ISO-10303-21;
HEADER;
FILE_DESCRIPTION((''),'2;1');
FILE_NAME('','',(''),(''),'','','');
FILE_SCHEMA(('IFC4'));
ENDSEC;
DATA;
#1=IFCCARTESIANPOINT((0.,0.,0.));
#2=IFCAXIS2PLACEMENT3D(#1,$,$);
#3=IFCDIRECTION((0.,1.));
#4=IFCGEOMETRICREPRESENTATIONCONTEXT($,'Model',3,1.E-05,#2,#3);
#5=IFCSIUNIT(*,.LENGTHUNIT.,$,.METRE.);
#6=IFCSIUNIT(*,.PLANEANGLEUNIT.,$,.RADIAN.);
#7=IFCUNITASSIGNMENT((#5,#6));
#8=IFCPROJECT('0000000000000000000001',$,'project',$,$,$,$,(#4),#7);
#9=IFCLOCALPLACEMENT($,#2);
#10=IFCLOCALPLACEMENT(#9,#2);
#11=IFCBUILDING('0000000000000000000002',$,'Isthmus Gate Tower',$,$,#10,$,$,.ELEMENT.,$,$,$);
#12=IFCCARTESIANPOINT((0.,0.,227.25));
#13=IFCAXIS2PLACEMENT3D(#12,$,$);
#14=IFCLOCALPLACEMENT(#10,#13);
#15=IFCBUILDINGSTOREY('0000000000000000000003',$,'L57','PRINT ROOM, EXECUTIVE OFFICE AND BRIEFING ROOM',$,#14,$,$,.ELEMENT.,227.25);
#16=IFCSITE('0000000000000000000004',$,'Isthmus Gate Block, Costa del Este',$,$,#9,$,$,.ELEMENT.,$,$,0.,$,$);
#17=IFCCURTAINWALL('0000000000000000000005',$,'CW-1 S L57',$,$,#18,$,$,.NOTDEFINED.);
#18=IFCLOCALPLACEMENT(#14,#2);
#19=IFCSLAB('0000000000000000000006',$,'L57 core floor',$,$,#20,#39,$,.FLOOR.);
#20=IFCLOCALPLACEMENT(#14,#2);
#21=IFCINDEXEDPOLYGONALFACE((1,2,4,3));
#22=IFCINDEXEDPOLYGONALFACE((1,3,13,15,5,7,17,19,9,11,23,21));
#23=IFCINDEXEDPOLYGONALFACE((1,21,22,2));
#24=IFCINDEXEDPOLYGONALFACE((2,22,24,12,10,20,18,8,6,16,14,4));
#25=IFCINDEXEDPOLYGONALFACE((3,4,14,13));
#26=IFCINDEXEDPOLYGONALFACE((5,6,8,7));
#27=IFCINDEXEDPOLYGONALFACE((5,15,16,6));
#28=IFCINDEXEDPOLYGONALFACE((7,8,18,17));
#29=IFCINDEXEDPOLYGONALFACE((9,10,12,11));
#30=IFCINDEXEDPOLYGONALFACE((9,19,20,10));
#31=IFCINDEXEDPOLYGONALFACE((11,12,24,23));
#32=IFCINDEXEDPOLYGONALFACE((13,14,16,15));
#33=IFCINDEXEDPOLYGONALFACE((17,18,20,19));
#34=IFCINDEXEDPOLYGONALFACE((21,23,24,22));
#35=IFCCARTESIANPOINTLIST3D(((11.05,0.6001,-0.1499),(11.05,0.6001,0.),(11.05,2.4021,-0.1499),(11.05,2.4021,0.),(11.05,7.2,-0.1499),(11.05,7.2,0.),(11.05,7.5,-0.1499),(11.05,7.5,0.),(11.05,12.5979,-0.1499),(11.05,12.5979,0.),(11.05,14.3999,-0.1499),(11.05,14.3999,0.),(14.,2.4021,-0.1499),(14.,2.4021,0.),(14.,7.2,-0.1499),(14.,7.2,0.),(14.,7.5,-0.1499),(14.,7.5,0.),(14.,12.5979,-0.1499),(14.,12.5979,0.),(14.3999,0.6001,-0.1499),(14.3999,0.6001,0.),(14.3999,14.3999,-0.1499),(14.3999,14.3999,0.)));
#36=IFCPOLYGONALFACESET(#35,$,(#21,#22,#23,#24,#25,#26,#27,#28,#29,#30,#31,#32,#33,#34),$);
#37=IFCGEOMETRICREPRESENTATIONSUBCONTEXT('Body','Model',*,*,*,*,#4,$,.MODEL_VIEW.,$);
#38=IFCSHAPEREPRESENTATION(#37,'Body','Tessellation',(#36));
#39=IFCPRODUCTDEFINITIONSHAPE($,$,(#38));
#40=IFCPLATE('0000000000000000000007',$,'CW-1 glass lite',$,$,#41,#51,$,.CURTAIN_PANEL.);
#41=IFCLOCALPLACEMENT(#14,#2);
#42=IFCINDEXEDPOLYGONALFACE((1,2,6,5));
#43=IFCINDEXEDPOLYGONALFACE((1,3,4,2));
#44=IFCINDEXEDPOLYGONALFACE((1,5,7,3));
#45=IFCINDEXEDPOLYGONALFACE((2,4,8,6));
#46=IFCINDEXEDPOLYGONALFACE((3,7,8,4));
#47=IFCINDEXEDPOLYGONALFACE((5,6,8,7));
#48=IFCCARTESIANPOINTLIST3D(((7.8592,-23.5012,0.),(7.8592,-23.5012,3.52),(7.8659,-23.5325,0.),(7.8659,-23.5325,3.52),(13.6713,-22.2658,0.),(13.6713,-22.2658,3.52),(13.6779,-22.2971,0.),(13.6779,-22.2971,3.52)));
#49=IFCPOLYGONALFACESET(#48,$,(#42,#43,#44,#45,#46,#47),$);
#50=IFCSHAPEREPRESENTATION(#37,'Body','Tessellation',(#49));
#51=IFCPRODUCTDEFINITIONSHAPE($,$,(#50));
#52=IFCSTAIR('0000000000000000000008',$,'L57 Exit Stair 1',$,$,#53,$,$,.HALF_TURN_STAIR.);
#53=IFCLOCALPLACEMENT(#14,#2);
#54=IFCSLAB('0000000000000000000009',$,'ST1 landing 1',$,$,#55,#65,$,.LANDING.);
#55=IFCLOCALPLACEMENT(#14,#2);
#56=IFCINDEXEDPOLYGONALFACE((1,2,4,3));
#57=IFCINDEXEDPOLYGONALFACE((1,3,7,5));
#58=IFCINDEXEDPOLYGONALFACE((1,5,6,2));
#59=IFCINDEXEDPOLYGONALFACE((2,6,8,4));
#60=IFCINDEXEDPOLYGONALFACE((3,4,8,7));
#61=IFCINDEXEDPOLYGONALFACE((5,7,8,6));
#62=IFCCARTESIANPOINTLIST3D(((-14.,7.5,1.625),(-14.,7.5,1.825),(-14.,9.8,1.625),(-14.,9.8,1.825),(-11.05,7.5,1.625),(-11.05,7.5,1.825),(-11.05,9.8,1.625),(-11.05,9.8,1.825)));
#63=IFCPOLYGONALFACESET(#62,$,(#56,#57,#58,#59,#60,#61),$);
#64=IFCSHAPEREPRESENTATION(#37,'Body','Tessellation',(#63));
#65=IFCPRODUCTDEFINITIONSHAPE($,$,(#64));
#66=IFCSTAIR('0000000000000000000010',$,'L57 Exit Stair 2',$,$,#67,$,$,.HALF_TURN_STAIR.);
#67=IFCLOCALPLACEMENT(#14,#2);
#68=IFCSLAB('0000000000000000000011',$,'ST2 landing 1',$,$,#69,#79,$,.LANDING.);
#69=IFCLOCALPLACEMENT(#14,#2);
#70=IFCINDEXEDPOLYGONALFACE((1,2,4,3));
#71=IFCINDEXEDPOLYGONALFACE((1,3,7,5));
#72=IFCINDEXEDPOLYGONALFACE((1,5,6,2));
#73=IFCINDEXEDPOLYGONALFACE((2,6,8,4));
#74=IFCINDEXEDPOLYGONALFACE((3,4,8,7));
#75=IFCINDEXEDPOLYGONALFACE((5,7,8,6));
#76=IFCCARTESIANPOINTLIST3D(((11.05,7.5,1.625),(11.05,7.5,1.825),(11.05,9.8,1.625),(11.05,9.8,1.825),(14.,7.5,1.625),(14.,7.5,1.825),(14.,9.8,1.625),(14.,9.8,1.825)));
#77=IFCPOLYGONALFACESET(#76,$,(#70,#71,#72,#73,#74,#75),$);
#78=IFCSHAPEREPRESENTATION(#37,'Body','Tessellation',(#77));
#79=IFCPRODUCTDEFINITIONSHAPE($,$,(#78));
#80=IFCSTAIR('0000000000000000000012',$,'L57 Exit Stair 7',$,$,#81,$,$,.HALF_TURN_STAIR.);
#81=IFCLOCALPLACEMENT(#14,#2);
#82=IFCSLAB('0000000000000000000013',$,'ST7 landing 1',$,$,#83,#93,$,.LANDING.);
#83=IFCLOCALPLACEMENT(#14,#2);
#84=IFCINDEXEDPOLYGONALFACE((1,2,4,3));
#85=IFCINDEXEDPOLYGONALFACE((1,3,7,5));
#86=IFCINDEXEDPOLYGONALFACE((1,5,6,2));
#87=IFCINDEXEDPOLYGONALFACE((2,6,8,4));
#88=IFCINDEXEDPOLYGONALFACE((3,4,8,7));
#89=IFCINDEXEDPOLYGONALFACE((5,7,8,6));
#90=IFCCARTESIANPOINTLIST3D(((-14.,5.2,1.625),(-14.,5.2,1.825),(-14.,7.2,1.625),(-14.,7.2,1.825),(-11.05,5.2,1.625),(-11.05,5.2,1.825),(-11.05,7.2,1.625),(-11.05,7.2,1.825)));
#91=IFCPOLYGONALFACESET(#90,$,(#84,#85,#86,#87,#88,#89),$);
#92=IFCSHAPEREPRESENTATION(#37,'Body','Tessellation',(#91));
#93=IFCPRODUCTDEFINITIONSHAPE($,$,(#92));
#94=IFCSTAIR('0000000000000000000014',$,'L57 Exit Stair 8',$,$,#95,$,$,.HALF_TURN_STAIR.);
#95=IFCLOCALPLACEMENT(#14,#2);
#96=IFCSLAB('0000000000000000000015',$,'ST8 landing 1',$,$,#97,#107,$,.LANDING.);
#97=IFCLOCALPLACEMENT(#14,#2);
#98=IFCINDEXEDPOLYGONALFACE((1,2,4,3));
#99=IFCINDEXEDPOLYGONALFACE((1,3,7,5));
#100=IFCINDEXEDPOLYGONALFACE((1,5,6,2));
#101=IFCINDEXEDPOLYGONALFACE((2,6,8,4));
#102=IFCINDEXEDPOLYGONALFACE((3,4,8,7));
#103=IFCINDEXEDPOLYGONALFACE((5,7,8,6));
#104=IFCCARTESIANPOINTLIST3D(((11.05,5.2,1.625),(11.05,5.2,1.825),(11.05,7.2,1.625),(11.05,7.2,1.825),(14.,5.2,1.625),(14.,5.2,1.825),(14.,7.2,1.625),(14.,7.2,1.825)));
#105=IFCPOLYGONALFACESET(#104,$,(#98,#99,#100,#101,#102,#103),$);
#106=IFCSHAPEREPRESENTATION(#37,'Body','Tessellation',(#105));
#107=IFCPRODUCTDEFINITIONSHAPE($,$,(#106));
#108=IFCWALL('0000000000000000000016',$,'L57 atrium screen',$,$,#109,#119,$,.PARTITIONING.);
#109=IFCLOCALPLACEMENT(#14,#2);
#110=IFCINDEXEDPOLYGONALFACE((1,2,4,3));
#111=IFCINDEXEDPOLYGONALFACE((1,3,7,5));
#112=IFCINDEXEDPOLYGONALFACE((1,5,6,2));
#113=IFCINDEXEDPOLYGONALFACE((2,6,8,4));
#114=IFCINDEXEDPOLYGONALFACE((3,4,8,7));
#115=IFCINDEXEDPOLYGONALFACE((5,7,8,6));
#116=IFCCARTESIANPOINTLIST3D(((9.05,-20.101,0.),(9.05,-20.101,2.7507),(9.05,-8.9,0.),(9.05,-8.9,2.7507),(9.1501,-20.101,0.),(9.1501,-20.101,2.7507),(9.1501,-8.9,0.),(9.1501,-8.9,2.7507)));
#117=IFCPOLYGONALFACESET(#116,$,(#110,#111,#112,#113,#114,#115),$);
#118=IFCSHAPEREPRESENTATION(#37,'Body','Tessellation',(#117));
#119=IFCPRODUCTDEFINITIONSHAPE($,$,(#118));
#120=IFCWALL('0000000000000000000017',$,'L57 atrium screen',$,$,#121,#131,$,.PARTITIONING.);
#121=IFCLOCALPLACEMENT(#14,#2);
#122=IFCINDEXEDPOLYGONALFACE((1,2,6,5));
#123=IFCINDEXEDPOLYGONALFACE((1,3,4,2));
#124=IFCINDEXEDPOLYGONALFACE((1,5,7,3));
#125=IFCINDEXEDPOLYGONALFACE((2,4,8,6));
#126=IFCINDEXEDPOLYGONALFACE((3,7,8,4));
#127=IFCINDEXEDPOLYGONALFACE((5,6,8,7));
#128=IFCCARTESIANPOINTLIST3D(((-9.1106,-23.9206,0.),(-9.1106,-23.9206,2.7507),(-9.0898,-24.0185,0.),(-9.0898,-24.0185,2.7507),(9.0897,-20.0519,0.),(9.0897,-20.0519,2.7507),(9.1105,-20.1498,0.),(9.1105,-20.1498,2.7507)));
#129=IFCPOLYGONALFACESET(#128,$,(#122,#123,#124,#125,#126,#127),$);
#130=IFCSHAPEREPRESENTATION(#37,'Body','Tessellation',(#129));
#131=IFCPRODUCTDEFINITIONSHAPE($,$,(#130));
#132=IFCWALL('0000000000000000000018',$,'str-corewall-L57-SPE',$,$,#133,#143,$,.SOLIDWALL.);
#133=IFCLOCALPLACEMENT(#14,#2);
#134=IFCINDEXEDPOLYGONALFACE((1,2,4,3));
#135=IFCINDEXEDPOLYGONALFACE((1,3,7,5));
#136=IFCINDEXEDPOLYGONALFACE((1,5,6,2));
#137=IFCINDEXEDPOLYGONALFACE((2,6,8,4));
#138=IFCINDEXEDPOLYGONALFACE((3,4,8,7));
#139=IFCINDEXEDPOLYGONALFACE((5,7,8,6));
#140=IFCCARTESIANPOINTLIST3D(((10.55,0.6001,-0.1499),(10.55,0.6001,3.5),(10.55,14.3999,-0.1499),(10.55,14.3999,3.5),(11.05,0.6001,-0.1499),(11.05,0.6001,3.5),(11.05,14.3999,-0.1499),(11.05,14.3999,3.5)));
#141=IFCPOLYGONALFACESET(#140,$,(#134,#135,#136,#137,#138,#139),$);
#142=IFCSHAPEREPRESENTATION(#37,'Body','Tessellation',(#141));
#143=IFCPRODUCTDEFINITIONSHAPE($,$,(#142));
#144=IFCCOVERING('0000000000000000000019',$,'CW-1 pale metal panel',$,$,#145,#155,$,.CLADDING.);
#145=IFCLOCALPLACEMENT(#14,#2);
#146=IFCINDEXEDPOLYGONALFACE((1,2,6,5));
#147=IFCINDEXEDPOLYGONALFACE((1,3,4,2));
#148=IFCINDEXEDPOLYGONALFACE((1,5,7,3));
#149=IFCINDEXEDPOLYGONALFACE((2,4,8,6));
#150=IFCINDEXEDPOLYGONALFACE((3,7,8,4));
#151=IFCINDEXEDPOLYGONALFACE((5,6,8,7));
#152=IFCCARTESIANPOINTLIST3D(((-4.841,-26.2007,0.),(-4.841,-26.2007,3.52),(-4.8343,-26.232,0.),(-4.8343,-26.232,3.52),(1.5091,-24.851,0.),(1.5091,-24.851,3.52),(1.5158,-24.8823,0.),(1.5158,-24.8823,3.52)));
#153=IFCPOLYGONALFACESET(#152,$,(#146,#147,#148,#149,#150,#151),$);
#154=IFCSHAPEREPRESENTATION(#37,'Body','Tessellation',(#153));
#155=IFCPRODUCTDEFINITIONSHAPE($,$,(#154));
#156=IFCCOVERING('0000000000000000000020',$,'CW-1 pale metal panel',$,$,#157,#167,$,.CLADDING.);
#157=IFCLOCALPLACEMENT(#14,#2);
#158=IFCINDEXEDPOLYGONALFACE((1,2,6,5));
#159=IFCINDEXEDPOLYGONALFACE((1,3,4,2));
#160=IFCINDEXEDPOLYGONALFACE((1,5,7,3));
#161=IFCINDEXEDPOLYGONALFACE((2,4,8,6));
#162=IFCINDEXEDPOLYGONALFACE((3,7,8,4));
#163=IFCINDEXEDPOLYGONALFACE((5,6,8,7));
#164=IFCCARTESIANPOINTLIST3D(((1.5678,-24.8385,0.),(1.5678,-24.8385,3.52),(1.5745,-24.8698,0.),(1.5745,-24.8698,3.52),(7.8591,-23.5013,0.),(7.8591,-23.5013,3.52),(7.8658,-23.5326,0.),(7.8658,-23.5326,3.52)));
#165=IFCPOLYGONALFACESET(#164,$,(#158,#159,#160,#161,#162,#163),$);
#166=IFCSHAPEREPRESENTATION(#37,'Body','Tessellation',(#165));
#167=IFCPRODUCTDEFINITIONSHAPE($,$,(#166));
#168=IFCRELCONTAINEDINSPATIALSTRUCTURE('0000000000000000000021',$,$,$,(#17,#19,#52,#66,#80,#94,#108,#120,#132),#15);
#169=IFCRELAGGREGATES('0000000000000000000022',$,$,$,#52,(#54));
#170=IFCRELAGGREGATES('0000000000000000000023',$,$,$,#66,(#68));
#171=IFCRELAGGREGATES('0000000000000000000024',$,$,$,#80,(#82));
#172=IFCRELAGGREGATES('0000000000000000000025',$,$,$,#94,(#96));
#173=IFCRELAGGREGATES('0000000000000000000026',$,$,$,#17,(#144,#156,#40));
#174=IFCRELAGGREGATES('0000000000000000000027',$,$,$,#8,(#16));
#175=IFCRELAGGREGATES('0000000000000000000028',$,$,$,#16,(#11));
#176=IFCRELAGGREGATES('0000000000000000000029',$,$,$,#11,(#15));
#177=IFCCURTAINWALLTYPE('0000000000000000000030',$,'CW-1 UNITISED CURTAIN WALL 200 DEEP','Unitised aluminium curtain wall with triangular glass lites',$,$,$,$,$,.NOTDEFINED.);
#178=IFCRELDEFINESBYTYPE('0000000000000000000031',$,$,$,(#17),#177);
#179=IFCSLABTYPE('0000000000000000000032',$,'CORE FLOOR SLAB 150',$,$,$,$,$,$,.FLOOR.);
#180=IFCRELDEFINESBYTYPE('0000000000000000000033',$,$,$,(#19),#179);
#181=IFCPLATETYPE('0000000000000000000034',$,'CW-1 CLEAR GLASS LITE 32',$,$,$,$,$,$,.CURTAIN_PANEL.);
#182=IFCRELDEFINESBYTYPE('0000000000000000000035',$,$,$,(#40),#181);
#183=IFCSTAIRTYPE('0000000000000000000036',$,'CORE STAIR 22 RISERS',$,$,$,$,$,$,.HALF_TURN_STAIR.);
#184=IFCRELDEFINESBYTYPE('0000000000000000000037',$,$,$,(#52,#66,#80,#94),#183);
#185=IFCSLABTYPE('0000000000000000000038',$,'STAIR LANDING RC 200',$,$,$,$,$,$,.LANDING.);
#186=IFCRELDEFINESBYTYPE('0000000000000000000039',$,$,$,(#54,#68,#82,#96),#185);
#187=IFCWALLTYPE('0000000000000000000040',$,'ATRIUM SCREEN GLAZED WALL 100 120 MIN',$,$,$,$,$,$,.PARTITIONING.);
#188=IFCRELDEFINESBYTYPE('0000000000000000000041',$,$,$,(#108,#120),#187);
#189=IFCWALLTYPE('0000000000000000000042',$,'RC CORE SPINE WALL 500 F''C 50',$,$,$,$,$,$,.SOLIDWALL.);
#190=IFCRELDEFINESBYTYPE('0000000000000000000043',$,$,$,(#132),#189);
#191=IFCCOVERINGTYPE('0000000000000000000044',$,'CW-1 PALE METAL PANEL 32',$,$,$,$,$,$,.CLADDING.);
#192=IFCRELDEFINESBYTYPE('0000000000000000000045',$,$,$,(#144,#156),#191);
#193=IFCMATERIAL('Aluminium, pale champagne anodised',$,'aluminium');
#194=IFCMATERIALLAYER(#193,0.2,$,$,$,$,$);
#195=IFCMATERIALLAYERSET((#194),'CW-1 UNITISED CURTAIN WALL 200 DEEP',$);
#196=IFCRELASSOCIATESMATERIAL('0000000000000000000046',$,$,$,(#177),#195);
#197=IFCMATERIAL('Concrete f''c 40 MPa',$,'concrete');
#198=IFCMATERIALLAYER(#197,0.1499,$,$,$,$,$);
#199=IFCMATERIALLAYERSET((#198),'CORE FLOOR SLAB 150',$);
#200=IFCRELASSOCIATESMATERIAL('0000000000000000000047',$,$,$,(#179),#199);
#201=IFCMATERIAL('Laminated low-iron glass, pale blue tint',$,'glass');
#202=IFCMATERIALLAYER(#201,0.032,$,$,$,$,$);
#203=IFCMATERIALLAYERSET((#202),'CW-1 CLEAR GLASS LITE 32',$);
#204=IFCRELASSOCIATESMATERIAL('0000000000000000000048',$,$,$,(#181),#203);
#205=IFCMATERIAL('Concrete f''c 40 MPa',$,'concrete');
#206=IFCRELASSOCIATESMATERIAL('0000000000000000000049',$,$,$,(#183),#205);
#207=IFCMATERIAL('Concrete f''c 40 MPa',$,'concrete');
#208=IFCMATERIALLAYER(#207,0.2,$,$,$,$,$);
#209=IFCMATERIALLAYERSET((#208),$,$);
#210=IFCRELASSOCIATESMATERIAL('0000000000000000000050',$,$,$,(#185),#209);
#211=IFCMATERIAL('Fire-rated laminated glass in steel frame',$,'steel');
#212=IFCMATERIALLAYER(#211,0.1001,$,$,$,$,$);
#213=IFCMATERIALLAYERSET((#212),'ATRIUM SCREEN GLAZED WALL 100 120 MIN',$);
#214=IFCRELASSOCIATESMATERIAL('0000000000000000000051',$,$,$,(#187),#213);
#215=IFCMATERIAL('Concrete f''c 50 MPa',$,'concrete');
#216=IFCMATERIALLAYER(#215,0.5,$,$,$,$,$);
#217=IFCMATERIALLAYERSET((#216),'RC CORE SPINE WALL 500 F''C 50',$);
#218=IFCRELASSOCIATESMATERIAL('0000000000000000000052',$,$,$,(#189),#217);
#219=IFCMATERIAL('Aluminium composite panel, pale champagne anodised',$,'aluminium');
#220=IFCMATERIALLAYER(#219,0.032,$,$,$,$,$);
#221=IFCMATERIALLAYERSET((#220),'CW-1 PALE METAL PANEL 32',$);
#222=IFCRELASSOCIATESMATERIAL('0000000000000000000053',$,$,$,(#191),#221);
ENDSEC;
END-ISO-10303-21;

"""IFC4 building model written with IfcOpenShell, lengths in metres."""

from ifc_helpers import new_model, si_unit, direction, frame, frame_2d, origin, origin_2d, place, context, subcontext, project, spatial, polyline, rectangle, outline, extrude, material, layer, layer_set, type_object, element, aggregate, save


model = new_model("IFC4")

# Units and contexts
model_context = context("Model", 3, precision=1e-05, world=origin(), true_north=direction((0.0, 1.0)))
body_context = subcontext(model_context, "Body", "Model", "MODEL_VIEW")
ifc_project = project(units=[si_unit("LENGTHUNIT", "METRE"), si_unit("PLANEANGLEUNIT", "RADIAN")], contexts=[model_context])

# Site, building, storey
site_placement = place(None, origin())
site = spatial("IfcSite", under=ifc_project, at=site_placement, Name="Isthmus Gate Block, Costa del Este", CompositionType="ELEMENT", RefElevation=0.0)
building_placement = place(site_placement, origin())
building = spatial("IfcBuilding", under=site, at=building_placement, Name="Isthmus Gate Tower", CompositionType="ELEMENT")
storey_placement = place(building_placement, frame((0.0, 0.0, 227.25)))
storey = spatial("IfcBuildingStorey", under=building, at=storey_placement, Name="L57", Description="PRINT ROOM, EXECUTIVE OFFICE AND BRIEFING ROOM", CompositionType="ELEMENT", Elevation=227.25)

# Curtain wall
ifc_material_1 = material(Name="Aluminium, pale champagne anodised", Category="aluminium")
ifc_layer_1 = layer(ifc_material_1, 0.2)
ifc_layer_set_1 = layer_set([ifc_layer_1], Name="CW-1 UNITISED CURTAIN WALL 200 DEEP")
curtain_wall_type = type_object("IfcCurtainWallType", Name="CW-1 UNITISED CURTAIN WALL 200 DEEP", Description="Unitised aluminium curtain wall with triangular glass lites", PredefinedType="NOTDEFINED", material=ifc_layer_set_1)
curtain_wall_placement = place(storey_placement, origin())
curtain_wall = element("IfcCurtainWall", 1, at=curtain_wall_placement, inside=storey, type_object=curtain_wall_type, Name="CW-1 S L57", PredefinedType="NOTDEFINED")

# Slab
ifc_material_2 = material(Name="Concrete f'c 40 MPa", Category="concrete")
ifc_layer_2 = layer(ifc_material_2, 0.1499)
ifc_layer_set_2 = layer_set([ifc_layer_2], Name="CORE FLOOR SLAB 150")
slab_type_1 = type_object("IfcSlabType", Name="CORE FLOOR SLAB 150", PredefinedType="FLOOR", material=ifc_layer_set_2)
slab_1_placement = place(storey_placement, frame((0.0, 0.0, -0.1499)))
element("IfcSlab", 2, at=slab_1_placement, inside=storey, type_object=slab_type_1, Name="L57 core floor", PredefinedType="FLOOR", context=body_context, shape_type="SweptSolid", body=[
    extrude(outline(polyline([(11.05, 14.3999), (11.05, 12.5979), (14.0, 12.5979), (14.0, 7.5), (11.05, 7.5), (11.05, 7.2), (14.0, 7.2), (14.0, 2.4021), (11.05, 2.4021), (11.05, 0.6001), (14.3999, 0.6001), (14.3999, 14.3999), (11.05, 14.3999)])), origin(), (0.0, 0.0, 1.0), 0.1499),
])

# Plate
ifc_material_3 = material(Name="Laminated low-iron glass, pale blue tint", Category="glass")
ifc_layer_3 = layer(ifc_material_3, 0.032)
ifc_layer_set_3 = layer_set([ifc_layer_3], Name="CW-1 CLEAR GLASS LITE 32")
plate_type = type_object("IfcPlateType", Name="CW-1 CLEAR GLASS LITE 32", PredefinedType="CURTAIN_PANEL", material=ifc_layer_set_3)
plate_placement = place(storey_placement, frame((10.7686, -22.8992, 0.0), z_axis=(0.0, 0.0, 1.0), x_axis=(0.978148, 0.207912, 0.0)))
plate = element("IfcPlate", 3, at=plate_placement, type_object=plate_type, Name="CW-1 glass lite", PredefinedType="CURTAIN_PANEL", context=body_context, shape_type="SweptSolid", body=[
    extrude(rectangle(XDim=5.9419, YDim=0.032, at=origin_2d()), origin(), (0.0, 0.0, 1.0), 3.52),
])

# Stairs, slabs
ifc_material_4 = material(Name="Concrete f'c 40 MPa", Category="concrete")
stair_type = type_object("IfcStairType", Name="CORE STAIR 22 RISERS", PredefinedType="HALF_TURN_STAIR", material=ifc_material_4)
stair_1_placement = place(storey_placement, origin())
stair_1 = element("IfcStair", 4, at=stair_1_placement, inside=storey, type_object=stair_type, Name="L57 Exit Stair 1", PredefinedType="HALF_TURN_STAIR")
ifc_material_5 = material(Name="Concrete f'c 40 MPa", Category="concrete")
ifc_layer_4 = layer(ifc_material_5, 0.2)
ifc_layer_set_4 = layer_set([ifc_layer_4])
slab_type_2 = type_object("IfcSlabType", Name="STAIR LANDING RC 200", PredefinedType="LANDING", material=ifc_layer_set_4)
slab_2_placement = place(storey_placement, frame((0.0, 0.0, 1.625)))
slab_2 = element("IfcSlab", 5, at=slab_2_placement, type_object=slab_type_2, Name="ST1 landing 1", PredefinedType="LANDING", context=body_context, shape_type="SweptSolid", body=[
    extrude(outline(polyline([(-14.0, 9.8), (-14.0, 7.5), (-11.05, 7.5), (-11.05, 9.8), (-14.0, 9.8)])), origin(), (0.0, 0.0, 1.0), 0.2),
])
aggregate(stair_1, [slab_2])
stair_2_placement = place(storey_placement, origin())
stair_2 = element("IfcStair", 6, at=stair_2_placement, inside=storey, type_object=stair_type, Name="L57 Exit Stair 2", PredefinedType="HALF_TURN_STAIR")
slab_3_placement = place(storey_placement, frame((0.0, 0.0, 1.625)))
slab_3 = element("IfcSlab", 7, at=slab_3_placement, type_object=slab_type_2, Name="ST2 landing 1", PredefinedType="LANDING", context=body_context, shape_type="SweptSolid", body=[
    extrude(outline(polyline([(11.05, 9.8), (11.05, 7.5), (14.0, 7.5), (14.0, 9.8), (11.05, 9.8)])), origin(), (0.0, 0.0, 1.0), 0.2),
])
aggregate(stair_2, [slab_3])
stair_3_placement = place(storey_placement, origin())
stair_3 = element("IfcStair", 8, at=stair_3_placement, inside=storey, type_object=stair_type, Name="L57 Exit Stair 7", PredefinedType="HALF_TURN_STAIR")
slab_4_placement = place(storey_placement, frame((0.0, 0.0, 1.625)))
slab_4 = element("IfcSlab", 9, at=slab_4_placement, type_object=slab_type_2, Name="ST7 landing 1", PredefinedType="LANDING", context=body_context, shape_type="SweptSolid", body=[
    extrude(outline(polyline([(-11.05, 5.2), (-11.05, 7.2), (-14.0, 7.2), (-14.0, 5.2), (-11.05, 5.2)])), origin(), (0.0, 0.0, 1.0), 0.2),
])
aggregate(stair_3, [slab_4])
stair_4_placement = place(storey_placement, origin())
stair_4 = element("IfcStair", 10, at=stair_4_placement, inside=storey, type_object=stair_type, Name="L57 Exit Stair 8", PredefinedType="HALF_TURN_STAIR")
slab_5_placement = place(storey_placement, frame((0.0, 0.0, 1.625)))
slab_5 = element("IfcSlab", 11, at=slab_5_placement, type_object=slab_type_2, Name="ST8 landing 1", PredefinedType="LANDING", context=body_context, shape_type="SweptSolid", body=[
    extrude(outline(polyline([(14.0, 5.2), (14.0, 7.2), (11.05, 7.2), (11.05, 5.2), (14.0, 5.2)])), origin(), (0.0, 0.0, 1.0), 0.2),
])
aggregate(stair_4, [slab_5])

# Walls
ifc_material_6 = material(Name="Fire-rated laminated glass in steel frame", Category="steel")
ifc_layer_5 = layer(ifc_material_6, 0.1001)
ifc_layer_set_5 = layer_set([ifc_layer_5], Name="ATRIUM SCREEN GLAZED WALL 100 120 MIN")
wall_type_1 = type_object("IfcWallType", Name="ATRIUM SCREEN GLAZED WALL 100 120 MIN", PredefinedType="PARTITIONING", material=ifc_layer_set_5)
wall_1_placement = place(storey_placement, frame((9.1001, -8.8999, 0.0), z_axis=(0.0, 0.0, 1.0), x_axis=(0.0, -1.0, 0.0)))
element("IfcWall", 12, at=wall_1_placement, inside=storey, type_object=wall_type_1, Name="L57 atrium screen", PredefinedType="PARTITIONING", context=body_context, shape_type="SweptSolid", body=[
    extrude(rectangle(XDim=11.2009, YDim=0.1001, at=frame_2d((5.6006, 0.0))), origin(), (0.0, 0.0, 1.0), 2.7507),
])
wall_2_placement = place(storey_placement, frame((9.1001, -20.1008, 0.0), z_axis=(0.0, 0.0, 1.0), x_axis=(-0.978147, -0.207916, 0.0)))
element("IfcWall", 13, at=wall_2_placement, inside=storey, type_object=wall_type_1, Name="L57 atrium screen", PredefinedType="PARTITIONING", context=body_context, shape_type="SweptSolid", body=[
    extrude(rectangle(XDim=18.6069, YDim=0.1001, at=frame_2d((9.3035, 0.0))), origin(), (0.0, 0.0, 1.0), 2.7507),
])
ifc_material_7 = material(Name="Concrete f'c 50 MPa", Category="concrete")
ifc_layer_6 = layer(ifc_material_7, 0.5)
ifc_layer_set_6 = layer_set([ifc_layer_6], Name="RC CORE SPINE WALL 500 F'C 50")
wall_type_2 = type_object("IfcWallType", Name="RC CORE SPINE WALL 500 F'C 50", PredefinedType="SOLIDWALL", material=ifc_layer_set_6)
wall_3_placement = place(storey_placement, frame((10.8, 0.6001, -0.1499), z_axis=(0.0, 0.0, 1.0), x_axis=(0.0, 1.0, 0.0)))
element("IfcWall", 14, at=wall_3_placement, inside=storey, type_object=wall_type_2, Name="str-corewall-L57-SPE", PredefinedType="SOLIDWALL", context=body_context, shape_type="SweptSolid", body=[
    extrude(rectangle(XDim=13.7998, YDim=0.5, at=frame_2d((6.8999, 0.0))), origin(), (0.0, 0.0, 1.0), 3.6499),
])

# Coverings
ifc_material_8 = material(Name="Aluminium composite panel, pale champagne anodised", Category="aluminium")
ifc_layer_7 = layer(ifc_material_8, 0.032)
ifc_layer_set_7 = layer_set([ifc_layer_7], Name="CW-1 PALE METAL PANEL 32")
covering_type = type_object("IfcCoveringType", Name="CW-1 PALE METAL PANEL 32", PredefinedType="CLADDING", material=ifc_layer_set_7)
covering_1_placement = place(storey_placement, frame((-1.6626, -25.5415, 0.0), z_axis=(0.0, 0.0, 1.0), x_axis=(0.978148, 0.207912, 0.0)))
covering_1 = element("IfcCovering", 15, at=covering_1_placement, type_object=covering_type, Name="CW-1 pale metal panel", PredefinedType="CLADDING", context=body_context, shape_type="SweptSolid", body=[
    extrude(rectangle(XDim=6.4919, YDim=0.032, at=origin_2d()), origin(), (0.0, 0.0, 1.0), 3.52),
])
covering_2_placement = place(storey_placement, frame((4.7168, -24.1855, 0.0), z_axis=(0.0, 0.0, 1.0), x_axis=(0.978148, 0.207912, 0.0)))
covering_2 = element("IfcCovering", 16, at=covering_2_placement, type_object=covering_type, Name="CW-1 pale metal panel", PredefinedType="CLADDING", context=body_context, shape_type="SweptSolid", body=[
    extrude(rectangle(XDim=6.4319, YDim=0.032, at=origin_2d()), origin(), (0.0, 0.0, 1.0), 3.52),
])
aggregate(curtain_wall, [covering_1, covering_2, plate])

save(model, "model.ifc")
